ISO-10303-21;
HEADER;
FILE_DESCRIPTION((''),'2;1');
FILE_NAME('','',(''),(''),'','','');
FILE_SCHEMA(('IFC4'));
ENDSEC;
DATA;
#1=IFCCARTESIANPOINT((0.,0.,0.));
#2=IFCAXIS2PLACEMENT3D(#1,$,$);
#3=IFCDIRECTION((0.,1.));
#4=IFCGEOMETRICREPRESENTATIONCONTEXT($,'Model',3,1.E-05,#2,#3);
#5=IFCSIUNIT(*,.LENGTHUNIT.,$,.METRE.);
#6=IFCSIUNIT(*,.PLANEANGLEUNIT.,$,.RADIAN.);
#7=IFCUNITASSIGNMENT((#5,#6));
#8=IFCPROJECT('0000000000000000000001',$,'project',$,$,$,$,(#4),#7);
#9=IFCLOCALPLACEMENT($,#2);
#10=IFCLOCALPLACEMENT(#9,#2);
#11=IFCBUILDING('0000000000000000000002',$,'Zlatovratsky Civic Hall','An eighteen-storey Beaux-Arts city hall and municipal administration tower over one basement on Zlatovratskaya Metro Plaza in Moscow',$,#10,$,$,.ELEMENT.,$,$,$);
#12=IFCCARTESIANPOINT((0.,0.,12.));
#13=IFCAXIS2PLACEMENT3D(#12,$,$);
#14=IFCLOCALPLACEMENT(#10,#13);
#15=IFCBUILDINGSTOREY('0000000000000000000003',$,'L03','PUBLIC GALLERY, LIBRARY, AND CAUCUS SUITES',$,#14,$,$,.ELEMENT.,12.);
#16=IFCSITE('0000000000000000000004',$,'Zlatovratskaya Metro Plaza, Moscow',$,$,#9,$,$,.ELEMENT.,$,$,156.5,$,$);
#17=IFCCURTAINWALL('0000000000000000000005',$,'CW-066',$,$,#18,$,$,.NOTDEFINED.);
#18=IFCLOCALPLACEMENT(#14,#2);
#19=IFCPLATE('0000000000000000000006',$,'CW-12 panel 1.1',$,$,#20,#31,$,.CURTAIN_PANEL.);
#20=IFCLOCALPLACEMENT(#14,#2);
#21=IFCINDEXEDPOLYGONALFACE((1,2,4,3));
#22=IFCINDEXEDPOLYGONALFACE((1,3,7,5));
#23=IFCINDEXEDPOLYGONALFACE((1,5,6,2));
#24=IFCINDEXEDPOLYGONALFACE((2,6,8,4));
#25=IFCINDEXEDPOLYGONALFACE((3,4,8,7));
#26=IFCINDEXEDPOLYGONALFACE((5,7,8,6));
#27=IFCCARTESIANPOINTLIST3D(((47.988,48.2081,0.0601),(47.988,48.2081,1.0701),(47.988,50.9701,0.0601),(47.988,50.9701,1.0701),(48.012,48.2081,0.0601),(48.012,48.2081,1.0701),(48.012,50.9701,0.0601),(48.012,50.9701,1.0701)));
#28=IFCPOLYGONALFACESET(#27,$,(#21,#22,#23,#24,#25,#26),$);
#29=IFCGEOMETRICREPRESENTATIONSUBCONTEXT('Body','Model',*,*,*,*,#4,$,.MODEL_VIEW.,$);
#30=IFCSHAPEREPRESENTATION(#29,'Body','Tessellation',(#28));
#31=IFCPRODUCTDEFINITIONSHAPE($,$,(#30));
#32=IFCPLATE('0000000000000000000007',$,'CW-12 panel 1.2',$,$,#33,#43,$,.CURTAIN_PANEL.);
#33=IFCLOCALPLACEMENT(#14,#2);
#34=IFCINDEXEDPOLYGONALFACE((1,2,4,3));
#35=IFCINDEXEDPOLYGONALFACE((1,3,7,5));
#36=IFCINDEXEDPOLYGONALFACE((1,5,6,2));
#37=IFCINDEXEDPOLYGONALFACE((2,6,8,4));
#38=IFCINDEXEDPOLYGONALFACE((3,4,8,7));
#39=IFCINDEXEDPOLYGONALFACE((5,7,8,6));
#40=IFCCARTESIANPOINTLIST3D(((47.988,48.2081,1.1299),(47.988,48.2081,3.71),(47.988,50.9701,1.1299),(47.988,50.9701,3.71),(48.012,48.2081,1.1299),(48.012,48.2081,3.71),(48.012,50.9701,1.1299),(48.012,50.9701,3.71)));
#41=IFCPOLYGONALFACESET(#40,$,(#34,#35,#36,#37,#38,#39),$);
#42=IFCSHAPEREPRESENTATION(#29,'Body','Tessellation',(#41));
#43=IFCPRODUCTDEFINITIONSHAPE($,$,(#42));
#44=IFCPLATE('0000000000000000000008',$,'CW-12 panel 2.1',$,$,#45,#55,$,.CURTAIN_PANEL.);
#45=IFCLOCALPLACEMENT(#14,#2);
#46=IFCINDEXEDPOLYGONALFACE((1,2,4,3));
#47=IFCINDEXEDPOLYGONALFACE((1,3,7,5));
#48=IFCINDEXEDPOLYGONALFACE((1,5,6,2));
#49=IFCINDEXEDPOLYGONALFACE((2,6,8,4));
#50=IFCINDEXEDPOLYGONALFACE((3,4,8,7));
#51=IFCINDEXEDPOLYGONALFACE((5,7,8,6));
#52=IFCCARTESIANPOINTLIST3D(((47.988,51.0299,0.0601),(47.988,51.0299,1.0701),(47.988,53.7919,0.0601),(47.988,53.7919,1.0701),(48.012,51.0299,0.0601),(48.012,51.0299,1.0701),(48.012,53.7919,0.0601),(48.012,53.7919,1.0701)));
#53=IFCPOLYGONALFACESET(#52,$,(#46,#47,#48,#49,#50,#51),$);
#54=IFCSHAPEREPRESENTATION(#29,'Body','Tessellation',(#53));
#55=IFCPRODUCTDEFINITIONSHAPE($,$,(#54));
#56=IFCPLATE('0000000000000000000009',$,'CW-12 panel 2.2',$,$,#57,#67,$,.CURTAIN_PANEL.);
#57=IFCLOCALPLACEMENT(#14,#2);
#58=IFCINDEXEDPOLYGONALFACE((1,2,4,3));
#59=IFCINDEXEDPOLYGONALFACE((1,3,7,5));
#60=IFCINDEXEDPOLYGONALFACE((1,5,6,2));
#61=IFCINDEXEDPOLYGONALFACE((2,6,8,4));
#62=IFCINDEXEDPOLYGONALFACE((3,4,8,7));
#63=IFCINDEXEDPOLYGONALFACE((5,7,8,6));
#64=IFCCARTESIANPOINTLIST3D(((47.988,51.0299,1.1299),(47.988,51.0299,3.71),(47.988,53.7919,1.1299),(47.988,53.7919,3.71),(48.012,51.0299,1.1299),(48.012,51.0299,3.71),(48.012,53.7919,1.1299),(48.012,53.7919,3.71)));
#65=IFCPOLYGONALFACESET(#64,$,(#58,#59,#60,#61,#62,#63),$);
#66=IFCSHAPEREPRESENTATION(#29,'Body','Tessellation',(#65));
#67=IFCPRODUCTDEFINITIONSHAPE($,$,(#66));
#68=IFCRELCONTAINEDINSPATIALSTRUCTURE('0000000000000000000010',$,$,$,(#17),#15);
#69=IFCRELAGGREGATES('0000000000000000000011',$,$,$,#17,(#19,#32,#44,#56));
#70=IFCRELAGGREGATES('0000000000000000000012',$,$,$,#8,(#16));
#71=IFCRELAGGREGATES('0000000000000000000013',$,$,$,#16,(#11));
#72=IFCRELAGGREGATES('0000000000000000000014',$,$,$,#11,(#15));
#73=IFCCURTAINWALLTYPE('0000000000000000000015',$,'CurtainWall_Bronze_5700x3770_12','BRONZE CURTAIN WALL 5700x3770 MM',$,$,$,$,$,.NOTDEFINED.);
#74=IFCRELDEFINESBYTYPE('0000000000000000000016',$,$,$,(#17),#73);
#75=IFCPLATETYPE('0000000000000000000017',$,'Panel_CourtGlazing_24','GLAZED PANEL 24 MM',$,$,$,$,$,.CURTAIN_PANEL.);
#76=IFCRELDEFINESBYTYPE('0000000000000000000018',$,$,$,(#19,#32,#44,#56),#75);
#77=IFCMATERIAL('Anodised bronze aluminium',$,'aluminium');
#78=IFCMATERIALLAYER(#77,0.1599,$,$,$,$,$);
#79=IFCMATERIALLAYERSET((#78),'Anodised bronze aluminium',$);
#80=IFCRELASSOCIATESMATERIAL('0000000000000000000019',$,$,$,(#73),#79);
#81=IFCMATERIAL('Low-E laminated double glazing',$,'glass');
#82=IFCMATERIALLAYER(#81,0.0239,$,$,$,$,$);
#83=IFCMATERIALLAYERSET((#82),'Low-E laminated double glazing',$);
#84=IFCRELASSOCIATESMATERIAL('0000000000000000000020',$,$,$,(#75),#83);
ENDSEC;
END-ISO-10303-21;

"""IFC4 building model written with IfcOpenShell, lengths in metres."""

from ifc_helpers import new_model, si_unit, direction, frame, origin, origin_2d, place, context, subcontext, project, spatial, rectangle, extrude, material, layer, layer_set, type_object, element, aggregate, save


model = new_model("IFC4")

# Units and contexts
model_context = context("Model", 3, precision=1e-05, world=origin(), true_north=direction((0.0, 1.0)))
body_context = subcontext(model_context, "Body", "Model", "MODEL_VIEW")
ifc_project = project(units=[si_unit("LENGTHUNIT", "METRE"), si_unit("PLANEANGLEUNIT", "RADIAN")], contexts=[model_context])

# Site, building, storey
site_placement = place(None, origin())
site = spatial("IfcSite", under=ifc_project, at=site_placement, Name="Zlatovratskaya Metro Plaza, Moscow", CompositionType="ELEMENT", RefElevation=156.5)
building_placement = place(site_placement, origin())
building = spatial("IfcBuilding", under=site, at=building_placement, Name="Zlatovratsky Civic Hall", Description="An eighteen-storey Beaux-Arts city hall and municipal administration tower over one basement on Zlatovratskaya Metro Plaza in Moscow", CompositionType="ELEMENT")
storey_placement = place(building_placement, frame((0.0, 0.0, 12.0)))
storey = spatial("IfcBuildingStorey", under=building, at=storey_placement, Name="L03", Description="PUBLIC GALLERY, LIBRARY, AND CAUCUS SUITES", CompositionType="ELEMENT", Elevation=12.0)

# Curtain wall
ifc_material_1 = material(Name="Anodised bronze aluminium", Category="aluminium")
ifc_layer_1 = layer(ifc_material_1, 0.1599)
ifc_layer_set_1 = layer_set([ifc_layer_1], Name="Anodised bronze aluminium")
curtain_wall_type = type_object("IfcCurtainWallType", Name="CurtainWall_Bronze_5700x3770_12", Description="BRONZE CURTAIN WALL 5700x3770 MM", PredefinedType="NOTDEFINED", material=ifc_layer_set_1)
curtain_wall_1_placement = place(storey_placement, origin())
curtain_wall_1 = element("IfcCurtainWall", 1, at=curtain_wall_1_placement, inside=storey, type_object=curtain_wall_type, Name="CW-066", PredefinedType="NOTDEFINED")

# Plates
ifc_material_2 = material(Name="Low-E laminated double glazing", Category="glass")
ifc_layer_2 = layer(ifc_material_2, 0.0239)
ifc_layer_set_2 = layer_set([ifc_layer_2], Name="Low-E laminated double glazing")
plate_type = type_object("IfcPlateType", Name="Panel_CourtGlazing_24", Description="GLAZED PANEL 24 MM", PredefinedType="CURTAIN_PANEL", material=ifc_layer_set_2)
plate_1_placement = place(storey_placement, frame((48.0, 49.5891, 0.0601), z_axis=(0.0, 0.0, 1.0), x_axis=(0.0, 1.0, 0.0)))
plate_1 = element("IfcPlate", 2, at=plate_1_placement, type_object=plate_type, Name="CW-12 panel 1.1", PredefinedType="CURTAIN_PANEL", context=body_context, shape_type="SweptSolid", body=[
    extrude(rectangle(XDim=2.762, YDim=0.0239, at=origin_2d()), origin(), (0.0, 0.0, 1.0), 1.01),
])
plate_2_placement = place(storey_placement, frame((48.0, 49.5891, 1.1299), z_axis=(0.0, 0.0, 1.0), x_axis=(0.0, 1.0, 0.0)))
plate_2 = element("IfcPlate", 3, at=plate_2_placement, type_object=plate_type, Name="CW-12 panel 1.2", PredefinedType="CURTAIN_PANEL", context=body_context, shape_type="SweptSolid", body=[
    extrude(rectangle(XDim=2.762, YDim=0.0239, at=origin_2d()), origin(), (0.0, 0.0, 1.0), 2.5801),
])
plate_3_placement = place(storey_placement, frame((48.0, 52.4109, 0.0601), z_axis=(0.0, 0.0, 1.0), x_axis=(0.0, 1.0, 0.0)))
plate_3 = element("IfcPlate", 4, at=plate_3_placement, type_object=plate_type, Name="CW-12 panel 2.1", PredefinedType="CURTAIN_PANEL", context=body_context, shape_type="SweptSolid", body=[
    extrude(rectangle(XDim=2.762, YDim=0.0239, at=origin_2d()), origin(), (0.0, 0.0, 1.0), 1.01),
])
plate_4_placement = place(storey_placement, frame((48.0, 52.4109, 1.1299), z_axis=(0.0, 0.0, 1.0), x_axis=(0.0, 1.0, 0.0)))
plate_4 = element("IfcPlate", 5, at=plate_4_placement, type_object=plate_type, Name="CW-12 panel 2.2", PredefinedType="CURTAIN_PANEL", context=body_context, shape_type="SweptSolid", body=[
    extrude(rectangle(XDim=2.762, YDim=0.0239, at=origin_2d()), origin(), (0.0, 0.0, 1.0), 2.5801),
])
aggregate(curtain_wall_1, [plate_1, plate_2, plate_3, plate_4])

save(model, "model.ifc")
